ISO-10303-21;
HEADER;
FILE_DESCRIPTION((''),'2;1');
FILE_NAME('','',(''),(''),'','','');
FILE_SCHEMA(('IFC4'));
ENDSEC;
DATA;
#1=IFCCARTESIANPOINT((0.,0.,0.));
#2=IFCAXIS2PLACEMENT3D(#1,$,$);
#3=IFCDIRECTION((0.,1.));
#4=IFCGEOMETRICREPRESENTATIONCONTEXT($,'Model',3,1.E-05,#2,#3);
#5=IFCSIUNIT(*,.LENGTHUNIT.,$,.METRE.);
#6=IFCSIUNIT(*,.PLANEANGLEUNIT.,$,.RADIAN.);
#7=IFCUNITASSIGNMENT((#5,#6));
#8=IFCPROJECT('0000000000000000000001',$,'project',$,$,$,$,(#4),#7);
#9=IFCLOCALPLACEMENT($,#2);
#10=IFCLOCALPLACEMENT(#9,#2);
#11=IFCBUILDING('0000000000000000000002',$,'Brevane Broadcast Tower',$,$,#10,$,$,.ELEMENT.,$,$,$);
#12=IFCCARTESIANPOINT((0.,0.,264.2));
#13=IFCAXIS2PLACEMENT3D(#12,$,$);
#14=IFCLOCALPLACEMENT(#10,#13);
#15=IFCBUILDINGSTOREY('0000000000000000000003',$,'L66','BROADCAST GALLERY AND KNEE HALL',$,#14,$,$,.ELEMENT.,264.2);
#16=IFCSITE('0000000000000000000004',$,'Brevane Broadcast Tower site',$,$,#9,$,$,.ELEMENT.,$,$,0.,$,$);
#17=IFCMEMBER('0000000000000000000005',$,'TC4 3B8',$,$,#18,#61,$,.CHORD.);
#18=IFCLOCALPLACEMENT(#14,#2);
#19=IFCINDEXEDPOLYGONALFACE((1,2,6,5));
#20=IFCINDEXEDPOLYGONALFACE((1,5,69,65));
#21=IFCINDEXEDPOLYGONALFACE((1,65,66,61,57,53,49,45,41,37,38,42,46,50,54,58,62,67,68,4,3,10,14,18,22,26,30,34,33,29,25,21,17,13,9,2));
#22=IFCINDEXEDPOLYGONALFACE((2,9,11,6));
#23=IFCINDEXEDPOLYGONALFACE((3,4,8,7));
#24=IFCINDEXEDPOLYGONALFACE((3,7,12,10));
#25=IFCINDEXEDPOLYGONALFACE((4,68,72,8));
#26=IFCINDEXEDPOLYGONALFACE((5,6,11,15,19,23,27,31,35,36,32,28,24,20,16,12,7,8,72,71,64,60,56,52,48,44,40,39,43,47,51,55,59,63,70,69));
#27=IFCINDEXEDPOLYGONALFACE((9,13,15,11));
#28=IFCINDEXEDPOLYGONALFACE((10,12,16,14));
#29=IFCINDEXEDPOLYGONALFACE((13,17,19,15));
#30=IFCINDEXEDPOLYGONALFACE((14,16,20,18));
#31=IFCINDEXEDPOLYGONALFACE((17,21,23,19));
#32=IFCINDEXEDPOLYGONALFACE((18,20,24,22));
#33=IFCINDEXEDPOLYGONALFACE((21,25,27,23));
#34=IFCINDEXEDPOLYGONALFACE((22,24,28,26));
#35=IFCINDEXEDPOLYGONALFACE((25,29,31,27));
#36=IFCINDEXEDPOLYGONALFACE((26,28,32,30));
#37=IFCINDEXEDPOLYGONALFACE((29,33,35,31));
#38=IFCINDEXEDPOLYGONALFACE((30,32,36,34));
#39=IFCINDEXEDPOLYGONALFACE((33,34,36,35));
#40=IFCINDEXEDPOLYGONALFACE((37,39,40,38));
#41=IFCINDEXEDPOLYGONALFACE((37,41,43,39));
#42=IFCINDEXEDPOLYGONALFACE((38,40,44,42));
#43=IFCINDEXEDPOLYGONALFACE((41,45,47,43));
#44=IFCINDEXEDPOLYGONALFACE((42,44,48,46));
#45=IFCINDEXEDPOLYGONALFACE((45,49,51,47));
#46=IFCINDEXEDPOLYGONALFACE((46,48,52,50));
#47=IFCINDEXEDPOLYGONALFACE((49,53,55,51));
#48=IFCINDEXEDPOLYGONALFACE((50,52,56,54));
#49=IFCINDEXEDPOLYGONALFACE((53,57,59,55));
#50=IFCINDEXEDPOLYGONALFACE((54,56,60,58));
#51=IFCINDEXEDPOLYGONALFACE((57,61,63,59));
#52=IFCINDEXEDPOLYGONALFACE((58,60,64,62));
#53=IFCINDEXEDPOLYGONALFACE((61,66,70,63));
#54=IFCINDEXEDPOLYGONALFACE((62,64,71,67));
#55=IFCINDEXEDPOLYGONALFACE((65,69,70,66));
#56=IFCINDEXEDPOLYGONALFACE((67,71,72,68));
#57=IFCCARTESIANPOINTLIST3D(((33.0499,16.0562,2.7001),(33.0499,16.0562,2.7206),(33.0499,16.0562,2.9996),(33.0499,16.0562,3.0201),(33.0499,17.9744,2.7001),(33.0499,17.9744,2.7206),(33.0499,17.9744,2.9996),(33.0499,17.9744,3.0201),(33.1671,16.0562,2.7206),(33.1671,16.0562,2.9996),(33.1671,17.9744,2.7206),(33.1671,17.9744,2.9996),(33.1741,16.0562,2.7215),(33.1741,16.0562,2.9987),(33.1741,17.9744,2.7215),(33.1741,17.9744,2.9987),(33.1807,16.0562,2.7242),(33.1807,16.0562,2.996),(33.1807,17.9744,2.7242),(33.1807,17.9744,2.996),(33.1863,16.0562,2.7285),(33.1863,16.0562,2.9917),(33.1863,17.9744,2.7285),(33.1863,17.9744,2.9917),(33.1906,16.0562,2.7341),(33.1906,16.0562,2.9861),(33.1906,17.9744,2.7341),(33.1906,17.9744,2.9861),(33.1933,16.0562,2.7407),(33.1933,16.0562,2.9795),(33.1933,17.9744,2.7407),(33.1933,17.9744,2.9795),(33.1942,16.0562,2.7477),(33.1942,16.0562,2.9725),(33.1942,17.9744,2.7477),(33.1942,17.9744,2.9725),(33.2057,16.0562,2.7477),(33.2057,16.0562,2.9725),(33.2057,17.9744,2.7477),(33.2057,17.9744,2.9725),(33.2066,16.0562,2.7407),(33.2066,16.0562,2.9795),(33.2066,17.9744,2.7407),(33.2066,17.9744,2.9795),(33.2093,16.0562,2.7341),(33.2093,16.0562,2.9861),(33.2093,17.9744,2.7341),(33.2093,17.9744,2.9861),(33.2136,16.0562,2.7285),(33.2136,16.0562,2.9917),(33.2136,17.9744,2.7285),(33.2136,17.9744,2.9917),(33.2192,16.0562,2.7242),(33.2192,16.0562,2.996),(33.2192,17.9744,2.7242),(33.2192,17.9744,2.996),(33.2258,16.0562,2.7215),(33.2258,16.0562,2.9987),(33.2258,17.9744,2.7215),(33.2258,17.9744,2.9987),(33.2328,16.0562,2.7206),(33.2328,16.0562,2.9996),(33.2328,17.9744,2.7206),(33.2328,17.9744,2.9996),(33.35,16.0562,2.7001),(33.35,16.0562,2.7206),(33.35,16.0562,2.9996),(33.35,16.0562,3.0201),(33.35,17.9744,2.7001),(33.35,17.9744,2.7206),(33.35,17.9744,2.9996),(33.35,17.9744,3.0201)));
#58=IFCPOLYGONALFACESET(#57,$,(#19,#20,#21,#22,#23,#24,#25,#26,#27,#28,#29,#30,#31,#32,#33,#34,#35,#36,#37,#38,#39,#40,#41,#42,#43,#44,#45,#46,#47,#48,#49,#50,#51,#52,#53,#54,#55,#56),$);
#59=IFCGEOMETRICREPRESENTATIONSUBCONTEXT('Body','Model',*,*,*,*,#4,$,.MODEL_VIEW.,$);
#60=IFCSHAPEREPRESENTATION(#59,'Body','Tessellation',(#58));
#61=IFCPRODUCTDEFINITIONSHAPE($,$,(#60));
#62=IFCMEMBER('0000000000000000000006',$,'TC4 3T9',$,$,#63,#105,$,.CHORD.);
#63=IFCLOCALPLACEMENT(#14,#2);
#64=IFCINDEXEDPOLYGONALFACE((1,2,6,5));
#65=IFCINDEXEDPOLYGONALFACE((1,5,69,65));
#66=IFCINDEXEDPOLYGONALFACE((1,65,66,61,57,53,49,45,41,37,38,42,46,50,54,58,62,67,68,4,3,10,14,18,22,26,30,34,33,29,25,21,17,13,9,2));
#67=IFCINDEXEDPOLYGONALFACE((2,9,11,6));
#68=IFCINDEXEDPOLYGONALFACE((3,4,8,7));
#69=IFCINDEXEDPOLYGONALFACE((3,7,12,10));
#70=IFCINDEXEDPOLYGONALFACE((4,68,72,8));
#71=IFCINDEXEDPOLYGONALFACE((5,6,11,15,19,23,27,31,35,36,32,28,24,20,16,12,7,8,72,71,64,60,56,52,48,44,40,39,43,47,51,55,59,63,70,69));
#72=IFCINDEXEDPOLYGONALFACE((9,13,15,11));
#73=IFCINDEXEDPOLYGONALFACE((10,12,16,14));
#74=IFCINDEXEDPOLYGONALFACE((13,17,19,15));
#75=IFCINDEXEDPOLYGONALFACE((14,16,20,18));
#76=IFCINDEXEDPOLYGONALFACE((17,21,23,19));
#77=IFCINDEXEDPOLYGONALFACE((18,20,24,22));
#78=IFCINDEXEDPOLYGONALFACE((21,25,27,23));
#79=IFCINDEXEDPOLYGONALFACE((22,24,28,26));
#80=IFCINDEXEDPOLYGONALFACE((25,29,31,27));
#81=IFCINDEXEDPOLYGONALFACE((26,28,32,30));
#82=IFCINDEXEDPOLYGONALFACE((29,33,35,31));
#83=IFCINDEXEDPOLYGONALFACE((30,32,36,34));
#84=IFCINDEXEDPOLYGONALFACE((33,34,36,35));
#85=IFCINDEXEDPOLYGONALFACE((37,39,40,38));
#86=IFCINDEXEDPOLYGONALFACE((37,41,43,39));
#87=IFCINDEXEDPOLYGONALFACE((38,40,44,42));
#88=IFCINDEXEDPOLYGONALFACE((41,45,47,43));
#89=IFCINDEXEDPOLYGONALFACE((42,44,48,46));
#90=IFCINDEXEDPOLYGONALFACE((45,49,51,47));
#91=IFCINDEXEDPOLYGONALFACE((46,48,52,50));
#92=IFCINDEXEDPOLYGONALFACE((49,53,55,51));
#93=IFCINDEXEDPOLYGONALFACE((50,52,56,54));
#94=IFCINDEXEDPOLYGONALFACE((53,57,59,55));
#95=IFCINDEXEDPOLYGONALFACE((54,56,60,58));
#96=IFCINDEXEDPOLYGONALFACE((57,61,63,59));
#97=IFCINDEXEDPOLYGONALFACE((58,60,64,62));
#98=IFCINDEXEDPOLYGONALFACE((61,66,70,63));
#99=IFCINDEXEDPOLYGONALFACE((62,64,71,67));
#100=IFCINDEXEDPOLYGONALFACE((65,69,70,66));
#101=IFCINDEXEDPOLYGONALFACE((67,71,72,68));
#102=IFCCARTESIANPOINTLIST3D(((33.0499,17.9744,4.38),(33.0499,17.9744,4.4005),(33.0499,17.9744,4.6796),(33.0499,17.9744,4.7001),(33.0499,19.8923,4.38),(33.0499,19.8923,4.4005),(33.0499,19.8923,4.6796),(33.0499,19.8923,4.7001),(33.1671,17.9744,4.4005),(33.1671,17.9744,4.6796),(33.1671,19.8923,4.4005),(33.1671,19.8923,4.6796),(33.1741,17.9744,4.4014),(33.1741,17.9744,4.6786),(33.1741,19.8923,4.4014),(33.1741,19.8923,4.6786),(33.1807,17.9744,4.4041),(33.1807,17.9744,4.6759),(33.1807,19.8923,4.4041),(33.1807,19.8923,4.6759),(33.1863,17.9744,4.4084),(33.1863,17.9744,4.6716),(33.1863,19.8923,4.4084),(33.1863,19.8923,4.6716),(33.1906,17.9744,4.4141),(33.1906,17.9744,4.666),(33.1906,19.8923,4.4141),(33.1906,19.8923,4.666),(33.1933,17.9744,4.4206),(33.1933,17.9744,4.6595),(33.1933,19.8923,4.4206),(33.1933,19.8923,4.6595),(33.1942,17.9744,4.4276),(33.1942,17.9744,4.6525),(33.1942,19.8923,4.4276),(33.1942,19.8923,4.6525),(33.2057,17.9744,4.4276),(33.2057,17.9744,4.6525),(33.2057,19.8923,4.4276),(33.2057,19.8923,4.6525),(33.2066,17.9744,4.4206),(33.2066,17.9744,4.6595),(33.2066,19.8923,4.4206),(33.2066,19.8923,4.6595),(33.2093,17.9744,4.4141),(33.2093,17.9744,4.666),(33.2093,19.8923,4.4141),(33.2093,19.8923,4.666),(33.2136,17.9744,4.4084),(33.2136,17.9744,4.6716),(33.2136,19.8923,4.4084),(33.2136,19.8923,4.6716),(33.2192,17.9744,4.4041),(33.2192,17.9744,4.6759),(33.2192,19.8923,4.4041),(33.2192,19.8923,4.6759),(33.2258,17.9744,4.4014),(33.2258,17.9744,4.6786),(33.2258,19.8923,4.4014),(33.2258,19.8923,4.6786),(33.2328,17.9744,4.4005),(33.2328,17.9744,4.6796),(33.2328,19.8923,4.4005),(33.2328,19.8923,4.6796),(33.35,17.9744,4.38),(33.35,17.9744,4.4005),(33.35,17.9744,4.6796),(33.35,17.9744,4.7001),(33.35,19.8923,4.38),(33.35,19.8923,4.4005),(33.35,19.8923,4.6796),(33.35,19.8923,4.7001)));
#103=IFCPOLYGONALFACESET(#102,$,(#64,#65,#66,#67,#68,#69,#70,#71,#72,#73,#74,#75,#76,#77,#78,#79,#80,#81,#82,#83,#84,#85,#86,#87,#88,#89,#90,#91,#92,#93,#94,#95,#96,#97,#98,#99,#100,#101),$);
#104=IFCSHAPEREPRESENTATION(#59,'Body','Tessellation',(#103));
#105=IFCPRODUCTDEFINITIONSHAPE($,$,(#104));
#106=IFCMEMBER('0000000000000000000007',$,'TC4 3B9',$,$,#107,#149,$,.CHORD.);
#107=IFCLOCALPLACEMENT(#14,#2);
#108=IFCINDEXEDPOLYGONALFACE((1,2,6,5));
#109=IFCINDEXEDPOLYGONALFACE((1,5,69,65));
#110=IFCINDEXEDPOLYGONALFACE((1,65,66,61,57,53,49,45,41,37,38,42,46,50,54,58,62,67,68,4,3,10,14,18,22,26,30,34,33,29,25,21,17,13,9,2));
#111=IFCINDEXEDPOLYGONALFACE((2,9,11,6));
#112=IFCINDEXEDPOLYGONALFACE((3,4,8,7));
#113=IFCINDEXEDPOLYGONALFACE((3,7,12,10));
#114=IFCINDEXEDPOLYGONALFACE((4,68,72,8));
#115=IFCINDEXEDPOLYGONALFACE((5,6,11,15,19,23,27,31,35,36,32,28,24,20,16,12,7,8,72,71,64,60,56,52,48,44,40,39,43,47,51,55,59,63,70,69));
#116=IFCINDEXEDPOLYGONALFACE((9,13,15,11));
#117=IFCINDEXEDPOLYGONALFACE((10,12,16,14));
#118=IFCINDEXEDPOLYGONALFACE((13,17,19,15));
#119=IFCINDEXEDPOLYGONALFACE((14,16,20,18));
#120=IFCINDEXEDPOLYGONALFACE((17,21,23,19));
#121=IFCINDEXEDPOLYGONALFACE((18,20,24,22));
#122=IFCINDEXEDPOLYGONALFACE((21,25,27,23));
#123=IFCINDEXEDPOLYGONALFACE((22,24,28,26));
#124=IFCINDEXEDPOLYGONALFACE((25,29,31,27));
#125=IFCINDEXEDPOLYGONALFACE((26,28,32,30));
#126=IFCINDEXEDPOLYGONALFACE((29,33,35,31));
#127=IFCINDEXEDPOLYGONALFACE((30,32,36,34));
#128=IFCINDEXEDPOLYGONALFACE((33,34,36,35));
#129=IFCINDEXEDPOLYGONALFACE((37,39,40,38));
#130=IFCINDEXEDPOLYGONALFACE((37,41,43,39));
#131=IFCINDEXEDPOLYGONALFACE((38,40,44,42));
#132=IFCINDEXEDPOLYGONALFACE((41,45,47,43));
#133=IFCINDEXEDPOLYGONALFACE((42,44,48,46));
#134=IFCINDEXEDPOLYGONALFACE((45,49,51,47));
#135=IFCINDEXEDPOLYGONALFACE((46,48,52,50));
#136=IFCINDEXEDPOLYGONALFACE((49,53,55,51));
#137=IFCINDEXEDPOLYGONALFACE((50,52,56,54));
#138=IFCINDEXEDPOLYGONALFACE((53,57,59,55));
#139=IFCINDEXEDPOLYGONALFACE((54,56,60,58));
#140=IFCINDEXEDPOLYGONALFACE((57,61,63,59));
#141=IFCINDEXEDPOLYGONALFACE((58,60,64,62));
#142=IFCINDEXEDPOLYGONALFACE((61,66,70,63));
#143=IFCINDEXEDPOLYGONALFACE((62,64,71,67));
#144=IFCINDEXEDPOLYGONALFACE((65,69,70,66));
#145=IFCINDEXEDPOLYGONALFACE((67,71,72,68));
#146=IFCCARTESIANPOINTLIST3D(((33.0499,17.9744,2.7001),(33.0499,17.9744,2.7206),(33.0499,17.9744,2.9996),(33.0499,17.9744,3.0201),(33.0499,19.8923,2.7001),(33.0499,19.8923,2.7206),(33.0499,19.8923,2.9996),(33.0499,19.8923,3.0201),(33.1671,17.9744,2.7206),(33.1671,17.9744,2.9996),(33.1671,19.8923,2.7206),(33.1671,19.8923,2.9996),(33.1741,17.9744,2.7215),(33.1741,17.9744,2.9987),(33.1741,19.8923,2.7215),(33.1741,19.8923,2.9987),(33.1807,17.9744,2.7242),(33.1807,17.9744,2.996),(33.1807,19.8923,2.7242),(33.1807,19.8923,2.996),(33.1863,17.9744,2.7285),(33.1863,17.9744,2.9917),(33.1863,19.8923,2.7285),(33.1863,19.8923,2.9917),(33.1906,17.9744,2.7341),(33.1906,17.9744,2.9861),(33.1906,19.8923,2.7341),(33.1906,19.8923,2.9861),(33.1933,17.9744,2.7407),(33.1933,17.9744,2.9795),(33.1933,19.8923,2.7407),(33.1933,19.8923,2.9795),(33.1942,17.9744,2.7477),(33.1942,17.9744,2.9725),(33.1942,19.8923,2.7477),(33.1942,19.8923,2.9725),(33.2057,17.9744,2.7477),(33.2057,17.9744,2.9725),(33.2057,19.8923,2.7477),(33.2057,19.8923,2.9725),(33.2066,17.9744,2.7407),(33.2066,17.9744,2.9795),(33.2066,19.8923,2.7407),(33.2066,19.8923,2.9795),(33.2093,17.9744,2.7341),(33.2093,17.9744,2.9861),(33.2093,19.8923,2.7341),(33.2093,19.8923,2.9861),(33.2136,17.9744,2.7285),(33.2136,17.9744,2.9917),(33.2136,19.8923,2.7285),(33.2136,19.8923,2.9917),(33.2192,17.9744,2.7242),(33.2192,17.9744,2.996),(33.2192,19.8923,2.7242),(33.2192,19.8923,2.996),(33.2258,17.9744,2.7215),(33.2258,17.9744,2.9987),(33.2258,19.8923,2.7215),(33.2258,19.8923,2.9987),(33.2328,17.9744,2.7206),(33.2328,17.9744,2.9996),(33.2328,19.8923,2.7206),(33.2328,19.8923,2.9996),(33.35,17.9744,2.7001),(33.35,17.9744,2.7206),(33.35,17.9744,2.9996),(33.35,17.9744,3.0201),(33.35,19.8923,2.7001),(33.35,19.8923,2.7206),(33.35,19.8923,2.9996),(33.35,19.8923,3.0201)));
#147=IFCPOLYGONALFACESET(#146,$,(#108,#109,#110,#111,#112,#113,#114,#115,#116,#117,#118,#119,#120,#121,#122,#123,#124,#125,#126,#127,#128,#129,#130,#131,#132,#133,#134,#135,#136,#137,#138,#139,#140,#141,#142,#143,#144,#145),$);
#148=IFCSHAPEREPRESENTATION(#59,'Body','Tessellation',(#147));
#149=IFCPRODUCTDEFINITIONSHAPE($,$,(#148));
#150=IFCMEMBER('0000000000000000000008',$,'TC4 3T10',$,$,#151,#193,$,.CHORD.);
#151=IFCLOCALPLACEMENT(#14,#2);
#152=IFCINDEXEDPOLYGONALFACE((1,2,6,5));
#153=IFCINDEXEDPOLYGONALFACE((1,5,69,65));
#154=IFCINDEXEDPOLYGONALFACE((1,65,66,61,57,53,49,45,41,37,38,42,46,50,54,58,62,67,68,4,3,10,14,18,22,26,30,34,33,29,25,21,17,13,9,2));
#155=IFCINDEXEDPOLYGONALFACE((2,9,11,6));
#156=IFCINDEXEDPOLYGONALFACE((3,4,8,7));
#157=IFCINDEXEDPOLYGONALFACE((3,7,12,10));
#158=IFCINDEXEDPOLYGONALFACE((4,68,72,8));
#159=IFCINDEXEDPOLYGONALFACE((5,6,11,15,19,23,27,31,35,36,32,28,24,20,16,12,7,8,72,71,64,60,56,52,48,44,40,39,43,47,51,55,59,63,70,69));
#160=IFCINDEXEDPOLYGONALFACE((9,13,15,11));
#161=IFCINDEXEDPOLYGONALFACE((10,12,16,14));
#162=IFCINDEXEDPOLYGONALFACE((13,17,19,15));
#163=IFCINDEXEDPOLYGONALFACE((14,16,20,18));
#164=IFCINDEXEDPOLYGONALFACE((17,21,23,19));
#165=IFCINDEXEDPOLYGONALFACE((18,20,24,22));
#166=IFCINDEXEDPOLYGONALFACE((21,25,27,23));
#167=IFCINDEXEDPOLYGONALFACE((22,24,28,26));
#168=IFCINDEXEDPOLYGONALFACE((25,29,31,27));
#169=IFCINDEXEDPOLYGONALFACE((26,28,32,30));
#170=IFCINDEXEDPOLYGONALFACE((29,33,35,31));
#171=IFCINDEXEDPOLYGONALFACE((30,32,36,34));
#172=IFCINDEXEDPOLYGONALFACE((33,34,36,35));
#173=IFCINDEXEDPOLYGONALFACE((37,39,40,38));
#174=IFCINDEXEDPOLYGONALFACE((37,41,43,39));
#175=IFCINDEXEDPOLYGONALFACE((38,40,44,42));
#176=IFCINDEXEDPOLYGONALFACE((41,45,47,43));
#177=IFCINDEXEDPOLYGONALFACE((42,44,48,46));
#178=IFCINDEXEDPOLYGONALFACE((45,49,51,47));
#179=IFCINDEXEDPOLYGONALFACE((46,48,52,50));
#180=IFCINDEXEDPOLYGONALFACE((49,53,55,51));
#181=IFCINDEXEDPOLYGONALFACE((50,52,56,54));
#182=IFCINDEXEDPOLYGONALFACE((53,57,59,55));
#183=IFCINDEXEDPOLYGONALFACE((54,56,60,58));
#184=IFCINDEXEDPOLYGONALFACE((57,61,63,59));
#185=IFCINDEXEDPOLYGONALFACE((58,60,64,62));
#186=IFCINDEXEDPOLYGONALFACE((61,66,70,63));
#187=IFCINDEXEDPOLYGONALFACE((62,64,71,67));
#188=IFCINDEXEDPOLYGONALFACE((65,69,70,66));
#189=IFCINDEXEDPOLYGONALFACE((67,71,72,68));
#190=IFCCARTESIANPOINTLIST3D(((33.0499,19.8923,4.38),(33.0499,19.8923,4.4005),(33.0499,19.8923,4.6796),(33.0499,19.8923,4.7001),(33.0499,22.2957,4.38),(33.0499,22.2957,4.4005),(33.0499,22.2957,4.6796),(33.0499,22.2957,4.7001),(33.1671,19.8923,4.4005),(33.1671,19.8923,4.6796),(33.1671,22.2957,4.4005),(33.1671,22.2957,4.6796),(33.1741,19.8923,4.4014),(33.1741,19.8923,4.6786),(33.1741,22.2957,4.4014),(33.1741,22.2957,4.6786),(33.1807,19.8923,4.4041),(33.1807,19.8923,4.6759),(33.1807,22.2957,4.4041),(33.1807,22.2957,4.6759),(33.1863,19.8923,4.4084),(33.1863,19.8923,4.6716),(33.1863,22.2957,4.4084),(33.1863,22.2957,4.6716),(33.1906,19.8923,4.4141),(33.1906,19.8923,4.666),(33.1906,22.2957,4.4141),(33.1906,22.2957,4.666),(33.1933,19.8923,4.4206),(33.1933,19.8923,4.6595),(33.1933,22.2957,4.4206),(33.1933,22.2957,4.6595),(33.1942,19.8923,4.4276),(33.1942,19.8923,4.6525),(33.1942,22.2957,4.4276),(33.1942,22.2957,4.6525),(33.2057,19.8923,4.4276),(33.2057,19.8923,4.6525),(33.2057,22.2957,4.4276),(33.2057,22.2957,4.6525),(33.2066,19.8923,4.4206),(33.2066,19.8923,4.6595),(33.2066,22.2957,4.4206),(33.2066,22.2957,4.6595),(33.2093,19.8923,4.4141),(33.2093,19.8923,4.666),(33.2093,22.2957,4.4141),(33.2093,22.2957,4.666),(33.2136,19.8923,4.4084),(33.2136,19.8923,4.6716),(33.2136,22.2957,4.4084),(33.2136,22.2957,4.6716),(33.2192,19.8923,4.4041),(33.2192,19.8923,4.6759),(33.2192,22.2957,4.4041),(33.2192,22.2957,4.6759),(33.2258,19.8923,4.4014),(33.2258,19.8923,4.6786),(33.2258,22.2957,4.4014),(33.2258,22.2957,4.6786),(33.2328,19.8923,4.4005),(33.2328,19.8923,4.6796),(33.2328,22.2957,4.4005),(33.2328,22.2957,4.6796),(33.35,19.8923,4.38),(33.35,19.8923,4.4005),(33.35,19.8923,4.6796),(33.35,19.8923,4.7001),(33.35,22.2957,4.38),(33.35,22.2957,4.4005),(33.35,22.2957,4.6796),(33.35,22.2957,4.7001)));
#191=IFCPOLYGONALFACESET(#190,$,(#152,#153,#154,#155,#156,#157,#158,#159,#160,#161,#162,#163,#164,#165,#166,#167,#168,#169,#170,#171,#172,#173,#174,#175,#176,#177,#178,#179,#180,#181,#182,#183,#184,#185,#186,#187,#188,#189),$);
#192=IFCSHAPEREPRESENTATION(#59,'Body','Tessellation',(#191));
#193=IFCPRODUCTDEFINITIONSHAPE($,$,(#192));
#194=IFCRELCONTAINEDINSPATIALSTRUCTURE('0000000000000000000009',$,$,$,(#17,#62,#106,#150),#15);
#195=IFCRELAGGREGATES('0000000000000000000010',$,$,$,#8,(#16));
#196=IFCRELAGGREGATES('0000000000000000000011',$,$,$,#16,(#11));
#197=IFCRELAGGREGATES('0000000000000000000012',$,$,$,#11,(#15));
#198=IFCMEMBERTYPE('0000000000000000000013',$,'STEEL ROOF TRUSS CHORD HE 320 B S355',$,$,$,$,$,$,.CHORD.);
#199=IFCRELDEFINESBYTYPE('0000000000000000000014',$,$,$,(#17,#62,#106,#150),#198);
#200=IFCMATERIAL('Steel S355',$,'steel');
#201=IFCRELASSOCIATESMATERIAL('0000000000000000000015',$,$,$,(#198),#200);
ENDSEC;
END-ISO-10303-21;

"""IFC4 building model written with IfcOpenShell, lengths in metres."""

from ifc_helpers import new_model, si_unit, direction, frame, origin, origin_2d, place, context, subcontext, project, spatial, i_section, extrude, material, material_profile, profile_set, type_object, element, save


model = new_model("IFC4")

# Units and contexts
model_context = context("Model", 3, precision=1e-05, world=origin(), true_north=direction((0.0, 1.0)))
body_context = subcontext(model_context, "Body", "Model", "MODEL_VIEW")
ifc_project = project(units=[si_unit("LENGTHUNIT", "METRE"), si_unit("PLANEANGLEUNIT", "RADIAN")], contexts=[model_context])

# Site, building, storey
site_placement = place(None, origin())
site = spatial("IfcSite", under=ifc_project, at=site_placement, Name="Brevane Broadcast Tower site", CompositionType="ELEMENT", RefElevation=0.0)
building_placement = place(site_placement, origin())
building = spatial("IfcBuilding", under=site, at=building_placement, Name="Brevane Broadcast Tower", CompositionType="ELEMENT")
storey_placement = place(building_placement, frame((0.0, 0.0, 264.2)))
storey = spatial("IfcBuildingStorey", under=building, at=storey_placement, Name="L66", Description="BROADCAST GALLERY AND KNEE HALL", CompositionType="ELEMENT", Elevation=264.2)

# Shared definitions
ifc_material_1 = material(Name="Steel S355", Category="steel")

# Members
ifc_material_profile_1 = material_profile(ifc_material_1, i_section(OverallWidth=0.3, OverallDepth=0.3201, WebThickness=0.0115, FlangeThickness=0.0205, FilletRadius=0.0271, at=origin_2d()), Name="HE 320 B")
ifc_profile_set_1 = profile_set([ifc_material_profile_1], Name="Steel S355")
member_type_1 = type_object("IfcMemberType", Name="STEEL ROOF TRUSS CHORD HE 320 B S355", PredefinedType="CHORD", material=ifc_profile_set_1)
member_1_placement = place(storey_placement, frame((33.2, 16.0562, 2.8601), z_axis=(0.0, 1.0, 0.0), x_axis=(-1.0, 0.0, 0.0)))
element("IfcMember", 1, at=member_1_placement, inside=storey, type_object=member_type_1, Name="TC4 3B8", PredefinedType="CHORD", context=body_context, shape_type="SweptSolid", body=[
    extrude(i_section(OverallWidth=0.3, OverallDepth=0.3201, WebThickness=0.0115, FlangeThickness=0.0205, FilletRadius=0.0271, at=origin_2d()), origin(), (0.0, 0.0, 1.0), 1.9182),
])
for number, where, z_axis, x_axis, name in (
    (2, (33.2, 17.9744, 4.54), (0.0, 1.0, 0.0), (-1.0, 0.0, 0.0), "TC4 3T9"),
    (3, (33.2, 17.9744, 2.8601), (0.0, 1.0, 0.0), (-1.0, 0.0, 0.0), "TC4 3B9"),
):
    element("IfcMember", number, at=place(storey_placement, frame(where, z_axis=z_axis, x_axis=x_axis)), inside=storey, type_object=member_type_1, Name=name, PredefinedType="CHORD", context=body_context, shape_type="SweptSolid", body=[
        extrude(i_section(OverallWidth=0.3, OverallDepth=0.3201, WebThickness=0.0115, FlangeThickness=0.0205, FilletRadius=0.0271, at=origin_2d()), origin(), (0.0, 0.0, 1.0), 1.918),
    ])
for number, where, z_axis, x_axis, name in (
    (4, (33.2, 19.8923, 4.54), (0.0, 1.0, 0.0), (-1.0, 0.0, 0.0), "TC4 3T10"),
):
    element("IfcMember", number, at=place(storey_placement, frame(where, z_axis=z_axis, x_axis=x_axis)), inside=storey, type_object=member_type_1, Name=name, PredefinedType="CHORD", context=body_context, shape_type="SweptSolid", body=[
        extrude(i_section(OverallWidth=0.3, OverallDepth=0.3201, WebThickness=0.0115, FlangeThickness=0.0205, FilletRadius=0.0271, at=origin_2d()), origin(), (0.0, 0.0, 1.0), 2.4033),
    ])

save(model, "model.ifc")
